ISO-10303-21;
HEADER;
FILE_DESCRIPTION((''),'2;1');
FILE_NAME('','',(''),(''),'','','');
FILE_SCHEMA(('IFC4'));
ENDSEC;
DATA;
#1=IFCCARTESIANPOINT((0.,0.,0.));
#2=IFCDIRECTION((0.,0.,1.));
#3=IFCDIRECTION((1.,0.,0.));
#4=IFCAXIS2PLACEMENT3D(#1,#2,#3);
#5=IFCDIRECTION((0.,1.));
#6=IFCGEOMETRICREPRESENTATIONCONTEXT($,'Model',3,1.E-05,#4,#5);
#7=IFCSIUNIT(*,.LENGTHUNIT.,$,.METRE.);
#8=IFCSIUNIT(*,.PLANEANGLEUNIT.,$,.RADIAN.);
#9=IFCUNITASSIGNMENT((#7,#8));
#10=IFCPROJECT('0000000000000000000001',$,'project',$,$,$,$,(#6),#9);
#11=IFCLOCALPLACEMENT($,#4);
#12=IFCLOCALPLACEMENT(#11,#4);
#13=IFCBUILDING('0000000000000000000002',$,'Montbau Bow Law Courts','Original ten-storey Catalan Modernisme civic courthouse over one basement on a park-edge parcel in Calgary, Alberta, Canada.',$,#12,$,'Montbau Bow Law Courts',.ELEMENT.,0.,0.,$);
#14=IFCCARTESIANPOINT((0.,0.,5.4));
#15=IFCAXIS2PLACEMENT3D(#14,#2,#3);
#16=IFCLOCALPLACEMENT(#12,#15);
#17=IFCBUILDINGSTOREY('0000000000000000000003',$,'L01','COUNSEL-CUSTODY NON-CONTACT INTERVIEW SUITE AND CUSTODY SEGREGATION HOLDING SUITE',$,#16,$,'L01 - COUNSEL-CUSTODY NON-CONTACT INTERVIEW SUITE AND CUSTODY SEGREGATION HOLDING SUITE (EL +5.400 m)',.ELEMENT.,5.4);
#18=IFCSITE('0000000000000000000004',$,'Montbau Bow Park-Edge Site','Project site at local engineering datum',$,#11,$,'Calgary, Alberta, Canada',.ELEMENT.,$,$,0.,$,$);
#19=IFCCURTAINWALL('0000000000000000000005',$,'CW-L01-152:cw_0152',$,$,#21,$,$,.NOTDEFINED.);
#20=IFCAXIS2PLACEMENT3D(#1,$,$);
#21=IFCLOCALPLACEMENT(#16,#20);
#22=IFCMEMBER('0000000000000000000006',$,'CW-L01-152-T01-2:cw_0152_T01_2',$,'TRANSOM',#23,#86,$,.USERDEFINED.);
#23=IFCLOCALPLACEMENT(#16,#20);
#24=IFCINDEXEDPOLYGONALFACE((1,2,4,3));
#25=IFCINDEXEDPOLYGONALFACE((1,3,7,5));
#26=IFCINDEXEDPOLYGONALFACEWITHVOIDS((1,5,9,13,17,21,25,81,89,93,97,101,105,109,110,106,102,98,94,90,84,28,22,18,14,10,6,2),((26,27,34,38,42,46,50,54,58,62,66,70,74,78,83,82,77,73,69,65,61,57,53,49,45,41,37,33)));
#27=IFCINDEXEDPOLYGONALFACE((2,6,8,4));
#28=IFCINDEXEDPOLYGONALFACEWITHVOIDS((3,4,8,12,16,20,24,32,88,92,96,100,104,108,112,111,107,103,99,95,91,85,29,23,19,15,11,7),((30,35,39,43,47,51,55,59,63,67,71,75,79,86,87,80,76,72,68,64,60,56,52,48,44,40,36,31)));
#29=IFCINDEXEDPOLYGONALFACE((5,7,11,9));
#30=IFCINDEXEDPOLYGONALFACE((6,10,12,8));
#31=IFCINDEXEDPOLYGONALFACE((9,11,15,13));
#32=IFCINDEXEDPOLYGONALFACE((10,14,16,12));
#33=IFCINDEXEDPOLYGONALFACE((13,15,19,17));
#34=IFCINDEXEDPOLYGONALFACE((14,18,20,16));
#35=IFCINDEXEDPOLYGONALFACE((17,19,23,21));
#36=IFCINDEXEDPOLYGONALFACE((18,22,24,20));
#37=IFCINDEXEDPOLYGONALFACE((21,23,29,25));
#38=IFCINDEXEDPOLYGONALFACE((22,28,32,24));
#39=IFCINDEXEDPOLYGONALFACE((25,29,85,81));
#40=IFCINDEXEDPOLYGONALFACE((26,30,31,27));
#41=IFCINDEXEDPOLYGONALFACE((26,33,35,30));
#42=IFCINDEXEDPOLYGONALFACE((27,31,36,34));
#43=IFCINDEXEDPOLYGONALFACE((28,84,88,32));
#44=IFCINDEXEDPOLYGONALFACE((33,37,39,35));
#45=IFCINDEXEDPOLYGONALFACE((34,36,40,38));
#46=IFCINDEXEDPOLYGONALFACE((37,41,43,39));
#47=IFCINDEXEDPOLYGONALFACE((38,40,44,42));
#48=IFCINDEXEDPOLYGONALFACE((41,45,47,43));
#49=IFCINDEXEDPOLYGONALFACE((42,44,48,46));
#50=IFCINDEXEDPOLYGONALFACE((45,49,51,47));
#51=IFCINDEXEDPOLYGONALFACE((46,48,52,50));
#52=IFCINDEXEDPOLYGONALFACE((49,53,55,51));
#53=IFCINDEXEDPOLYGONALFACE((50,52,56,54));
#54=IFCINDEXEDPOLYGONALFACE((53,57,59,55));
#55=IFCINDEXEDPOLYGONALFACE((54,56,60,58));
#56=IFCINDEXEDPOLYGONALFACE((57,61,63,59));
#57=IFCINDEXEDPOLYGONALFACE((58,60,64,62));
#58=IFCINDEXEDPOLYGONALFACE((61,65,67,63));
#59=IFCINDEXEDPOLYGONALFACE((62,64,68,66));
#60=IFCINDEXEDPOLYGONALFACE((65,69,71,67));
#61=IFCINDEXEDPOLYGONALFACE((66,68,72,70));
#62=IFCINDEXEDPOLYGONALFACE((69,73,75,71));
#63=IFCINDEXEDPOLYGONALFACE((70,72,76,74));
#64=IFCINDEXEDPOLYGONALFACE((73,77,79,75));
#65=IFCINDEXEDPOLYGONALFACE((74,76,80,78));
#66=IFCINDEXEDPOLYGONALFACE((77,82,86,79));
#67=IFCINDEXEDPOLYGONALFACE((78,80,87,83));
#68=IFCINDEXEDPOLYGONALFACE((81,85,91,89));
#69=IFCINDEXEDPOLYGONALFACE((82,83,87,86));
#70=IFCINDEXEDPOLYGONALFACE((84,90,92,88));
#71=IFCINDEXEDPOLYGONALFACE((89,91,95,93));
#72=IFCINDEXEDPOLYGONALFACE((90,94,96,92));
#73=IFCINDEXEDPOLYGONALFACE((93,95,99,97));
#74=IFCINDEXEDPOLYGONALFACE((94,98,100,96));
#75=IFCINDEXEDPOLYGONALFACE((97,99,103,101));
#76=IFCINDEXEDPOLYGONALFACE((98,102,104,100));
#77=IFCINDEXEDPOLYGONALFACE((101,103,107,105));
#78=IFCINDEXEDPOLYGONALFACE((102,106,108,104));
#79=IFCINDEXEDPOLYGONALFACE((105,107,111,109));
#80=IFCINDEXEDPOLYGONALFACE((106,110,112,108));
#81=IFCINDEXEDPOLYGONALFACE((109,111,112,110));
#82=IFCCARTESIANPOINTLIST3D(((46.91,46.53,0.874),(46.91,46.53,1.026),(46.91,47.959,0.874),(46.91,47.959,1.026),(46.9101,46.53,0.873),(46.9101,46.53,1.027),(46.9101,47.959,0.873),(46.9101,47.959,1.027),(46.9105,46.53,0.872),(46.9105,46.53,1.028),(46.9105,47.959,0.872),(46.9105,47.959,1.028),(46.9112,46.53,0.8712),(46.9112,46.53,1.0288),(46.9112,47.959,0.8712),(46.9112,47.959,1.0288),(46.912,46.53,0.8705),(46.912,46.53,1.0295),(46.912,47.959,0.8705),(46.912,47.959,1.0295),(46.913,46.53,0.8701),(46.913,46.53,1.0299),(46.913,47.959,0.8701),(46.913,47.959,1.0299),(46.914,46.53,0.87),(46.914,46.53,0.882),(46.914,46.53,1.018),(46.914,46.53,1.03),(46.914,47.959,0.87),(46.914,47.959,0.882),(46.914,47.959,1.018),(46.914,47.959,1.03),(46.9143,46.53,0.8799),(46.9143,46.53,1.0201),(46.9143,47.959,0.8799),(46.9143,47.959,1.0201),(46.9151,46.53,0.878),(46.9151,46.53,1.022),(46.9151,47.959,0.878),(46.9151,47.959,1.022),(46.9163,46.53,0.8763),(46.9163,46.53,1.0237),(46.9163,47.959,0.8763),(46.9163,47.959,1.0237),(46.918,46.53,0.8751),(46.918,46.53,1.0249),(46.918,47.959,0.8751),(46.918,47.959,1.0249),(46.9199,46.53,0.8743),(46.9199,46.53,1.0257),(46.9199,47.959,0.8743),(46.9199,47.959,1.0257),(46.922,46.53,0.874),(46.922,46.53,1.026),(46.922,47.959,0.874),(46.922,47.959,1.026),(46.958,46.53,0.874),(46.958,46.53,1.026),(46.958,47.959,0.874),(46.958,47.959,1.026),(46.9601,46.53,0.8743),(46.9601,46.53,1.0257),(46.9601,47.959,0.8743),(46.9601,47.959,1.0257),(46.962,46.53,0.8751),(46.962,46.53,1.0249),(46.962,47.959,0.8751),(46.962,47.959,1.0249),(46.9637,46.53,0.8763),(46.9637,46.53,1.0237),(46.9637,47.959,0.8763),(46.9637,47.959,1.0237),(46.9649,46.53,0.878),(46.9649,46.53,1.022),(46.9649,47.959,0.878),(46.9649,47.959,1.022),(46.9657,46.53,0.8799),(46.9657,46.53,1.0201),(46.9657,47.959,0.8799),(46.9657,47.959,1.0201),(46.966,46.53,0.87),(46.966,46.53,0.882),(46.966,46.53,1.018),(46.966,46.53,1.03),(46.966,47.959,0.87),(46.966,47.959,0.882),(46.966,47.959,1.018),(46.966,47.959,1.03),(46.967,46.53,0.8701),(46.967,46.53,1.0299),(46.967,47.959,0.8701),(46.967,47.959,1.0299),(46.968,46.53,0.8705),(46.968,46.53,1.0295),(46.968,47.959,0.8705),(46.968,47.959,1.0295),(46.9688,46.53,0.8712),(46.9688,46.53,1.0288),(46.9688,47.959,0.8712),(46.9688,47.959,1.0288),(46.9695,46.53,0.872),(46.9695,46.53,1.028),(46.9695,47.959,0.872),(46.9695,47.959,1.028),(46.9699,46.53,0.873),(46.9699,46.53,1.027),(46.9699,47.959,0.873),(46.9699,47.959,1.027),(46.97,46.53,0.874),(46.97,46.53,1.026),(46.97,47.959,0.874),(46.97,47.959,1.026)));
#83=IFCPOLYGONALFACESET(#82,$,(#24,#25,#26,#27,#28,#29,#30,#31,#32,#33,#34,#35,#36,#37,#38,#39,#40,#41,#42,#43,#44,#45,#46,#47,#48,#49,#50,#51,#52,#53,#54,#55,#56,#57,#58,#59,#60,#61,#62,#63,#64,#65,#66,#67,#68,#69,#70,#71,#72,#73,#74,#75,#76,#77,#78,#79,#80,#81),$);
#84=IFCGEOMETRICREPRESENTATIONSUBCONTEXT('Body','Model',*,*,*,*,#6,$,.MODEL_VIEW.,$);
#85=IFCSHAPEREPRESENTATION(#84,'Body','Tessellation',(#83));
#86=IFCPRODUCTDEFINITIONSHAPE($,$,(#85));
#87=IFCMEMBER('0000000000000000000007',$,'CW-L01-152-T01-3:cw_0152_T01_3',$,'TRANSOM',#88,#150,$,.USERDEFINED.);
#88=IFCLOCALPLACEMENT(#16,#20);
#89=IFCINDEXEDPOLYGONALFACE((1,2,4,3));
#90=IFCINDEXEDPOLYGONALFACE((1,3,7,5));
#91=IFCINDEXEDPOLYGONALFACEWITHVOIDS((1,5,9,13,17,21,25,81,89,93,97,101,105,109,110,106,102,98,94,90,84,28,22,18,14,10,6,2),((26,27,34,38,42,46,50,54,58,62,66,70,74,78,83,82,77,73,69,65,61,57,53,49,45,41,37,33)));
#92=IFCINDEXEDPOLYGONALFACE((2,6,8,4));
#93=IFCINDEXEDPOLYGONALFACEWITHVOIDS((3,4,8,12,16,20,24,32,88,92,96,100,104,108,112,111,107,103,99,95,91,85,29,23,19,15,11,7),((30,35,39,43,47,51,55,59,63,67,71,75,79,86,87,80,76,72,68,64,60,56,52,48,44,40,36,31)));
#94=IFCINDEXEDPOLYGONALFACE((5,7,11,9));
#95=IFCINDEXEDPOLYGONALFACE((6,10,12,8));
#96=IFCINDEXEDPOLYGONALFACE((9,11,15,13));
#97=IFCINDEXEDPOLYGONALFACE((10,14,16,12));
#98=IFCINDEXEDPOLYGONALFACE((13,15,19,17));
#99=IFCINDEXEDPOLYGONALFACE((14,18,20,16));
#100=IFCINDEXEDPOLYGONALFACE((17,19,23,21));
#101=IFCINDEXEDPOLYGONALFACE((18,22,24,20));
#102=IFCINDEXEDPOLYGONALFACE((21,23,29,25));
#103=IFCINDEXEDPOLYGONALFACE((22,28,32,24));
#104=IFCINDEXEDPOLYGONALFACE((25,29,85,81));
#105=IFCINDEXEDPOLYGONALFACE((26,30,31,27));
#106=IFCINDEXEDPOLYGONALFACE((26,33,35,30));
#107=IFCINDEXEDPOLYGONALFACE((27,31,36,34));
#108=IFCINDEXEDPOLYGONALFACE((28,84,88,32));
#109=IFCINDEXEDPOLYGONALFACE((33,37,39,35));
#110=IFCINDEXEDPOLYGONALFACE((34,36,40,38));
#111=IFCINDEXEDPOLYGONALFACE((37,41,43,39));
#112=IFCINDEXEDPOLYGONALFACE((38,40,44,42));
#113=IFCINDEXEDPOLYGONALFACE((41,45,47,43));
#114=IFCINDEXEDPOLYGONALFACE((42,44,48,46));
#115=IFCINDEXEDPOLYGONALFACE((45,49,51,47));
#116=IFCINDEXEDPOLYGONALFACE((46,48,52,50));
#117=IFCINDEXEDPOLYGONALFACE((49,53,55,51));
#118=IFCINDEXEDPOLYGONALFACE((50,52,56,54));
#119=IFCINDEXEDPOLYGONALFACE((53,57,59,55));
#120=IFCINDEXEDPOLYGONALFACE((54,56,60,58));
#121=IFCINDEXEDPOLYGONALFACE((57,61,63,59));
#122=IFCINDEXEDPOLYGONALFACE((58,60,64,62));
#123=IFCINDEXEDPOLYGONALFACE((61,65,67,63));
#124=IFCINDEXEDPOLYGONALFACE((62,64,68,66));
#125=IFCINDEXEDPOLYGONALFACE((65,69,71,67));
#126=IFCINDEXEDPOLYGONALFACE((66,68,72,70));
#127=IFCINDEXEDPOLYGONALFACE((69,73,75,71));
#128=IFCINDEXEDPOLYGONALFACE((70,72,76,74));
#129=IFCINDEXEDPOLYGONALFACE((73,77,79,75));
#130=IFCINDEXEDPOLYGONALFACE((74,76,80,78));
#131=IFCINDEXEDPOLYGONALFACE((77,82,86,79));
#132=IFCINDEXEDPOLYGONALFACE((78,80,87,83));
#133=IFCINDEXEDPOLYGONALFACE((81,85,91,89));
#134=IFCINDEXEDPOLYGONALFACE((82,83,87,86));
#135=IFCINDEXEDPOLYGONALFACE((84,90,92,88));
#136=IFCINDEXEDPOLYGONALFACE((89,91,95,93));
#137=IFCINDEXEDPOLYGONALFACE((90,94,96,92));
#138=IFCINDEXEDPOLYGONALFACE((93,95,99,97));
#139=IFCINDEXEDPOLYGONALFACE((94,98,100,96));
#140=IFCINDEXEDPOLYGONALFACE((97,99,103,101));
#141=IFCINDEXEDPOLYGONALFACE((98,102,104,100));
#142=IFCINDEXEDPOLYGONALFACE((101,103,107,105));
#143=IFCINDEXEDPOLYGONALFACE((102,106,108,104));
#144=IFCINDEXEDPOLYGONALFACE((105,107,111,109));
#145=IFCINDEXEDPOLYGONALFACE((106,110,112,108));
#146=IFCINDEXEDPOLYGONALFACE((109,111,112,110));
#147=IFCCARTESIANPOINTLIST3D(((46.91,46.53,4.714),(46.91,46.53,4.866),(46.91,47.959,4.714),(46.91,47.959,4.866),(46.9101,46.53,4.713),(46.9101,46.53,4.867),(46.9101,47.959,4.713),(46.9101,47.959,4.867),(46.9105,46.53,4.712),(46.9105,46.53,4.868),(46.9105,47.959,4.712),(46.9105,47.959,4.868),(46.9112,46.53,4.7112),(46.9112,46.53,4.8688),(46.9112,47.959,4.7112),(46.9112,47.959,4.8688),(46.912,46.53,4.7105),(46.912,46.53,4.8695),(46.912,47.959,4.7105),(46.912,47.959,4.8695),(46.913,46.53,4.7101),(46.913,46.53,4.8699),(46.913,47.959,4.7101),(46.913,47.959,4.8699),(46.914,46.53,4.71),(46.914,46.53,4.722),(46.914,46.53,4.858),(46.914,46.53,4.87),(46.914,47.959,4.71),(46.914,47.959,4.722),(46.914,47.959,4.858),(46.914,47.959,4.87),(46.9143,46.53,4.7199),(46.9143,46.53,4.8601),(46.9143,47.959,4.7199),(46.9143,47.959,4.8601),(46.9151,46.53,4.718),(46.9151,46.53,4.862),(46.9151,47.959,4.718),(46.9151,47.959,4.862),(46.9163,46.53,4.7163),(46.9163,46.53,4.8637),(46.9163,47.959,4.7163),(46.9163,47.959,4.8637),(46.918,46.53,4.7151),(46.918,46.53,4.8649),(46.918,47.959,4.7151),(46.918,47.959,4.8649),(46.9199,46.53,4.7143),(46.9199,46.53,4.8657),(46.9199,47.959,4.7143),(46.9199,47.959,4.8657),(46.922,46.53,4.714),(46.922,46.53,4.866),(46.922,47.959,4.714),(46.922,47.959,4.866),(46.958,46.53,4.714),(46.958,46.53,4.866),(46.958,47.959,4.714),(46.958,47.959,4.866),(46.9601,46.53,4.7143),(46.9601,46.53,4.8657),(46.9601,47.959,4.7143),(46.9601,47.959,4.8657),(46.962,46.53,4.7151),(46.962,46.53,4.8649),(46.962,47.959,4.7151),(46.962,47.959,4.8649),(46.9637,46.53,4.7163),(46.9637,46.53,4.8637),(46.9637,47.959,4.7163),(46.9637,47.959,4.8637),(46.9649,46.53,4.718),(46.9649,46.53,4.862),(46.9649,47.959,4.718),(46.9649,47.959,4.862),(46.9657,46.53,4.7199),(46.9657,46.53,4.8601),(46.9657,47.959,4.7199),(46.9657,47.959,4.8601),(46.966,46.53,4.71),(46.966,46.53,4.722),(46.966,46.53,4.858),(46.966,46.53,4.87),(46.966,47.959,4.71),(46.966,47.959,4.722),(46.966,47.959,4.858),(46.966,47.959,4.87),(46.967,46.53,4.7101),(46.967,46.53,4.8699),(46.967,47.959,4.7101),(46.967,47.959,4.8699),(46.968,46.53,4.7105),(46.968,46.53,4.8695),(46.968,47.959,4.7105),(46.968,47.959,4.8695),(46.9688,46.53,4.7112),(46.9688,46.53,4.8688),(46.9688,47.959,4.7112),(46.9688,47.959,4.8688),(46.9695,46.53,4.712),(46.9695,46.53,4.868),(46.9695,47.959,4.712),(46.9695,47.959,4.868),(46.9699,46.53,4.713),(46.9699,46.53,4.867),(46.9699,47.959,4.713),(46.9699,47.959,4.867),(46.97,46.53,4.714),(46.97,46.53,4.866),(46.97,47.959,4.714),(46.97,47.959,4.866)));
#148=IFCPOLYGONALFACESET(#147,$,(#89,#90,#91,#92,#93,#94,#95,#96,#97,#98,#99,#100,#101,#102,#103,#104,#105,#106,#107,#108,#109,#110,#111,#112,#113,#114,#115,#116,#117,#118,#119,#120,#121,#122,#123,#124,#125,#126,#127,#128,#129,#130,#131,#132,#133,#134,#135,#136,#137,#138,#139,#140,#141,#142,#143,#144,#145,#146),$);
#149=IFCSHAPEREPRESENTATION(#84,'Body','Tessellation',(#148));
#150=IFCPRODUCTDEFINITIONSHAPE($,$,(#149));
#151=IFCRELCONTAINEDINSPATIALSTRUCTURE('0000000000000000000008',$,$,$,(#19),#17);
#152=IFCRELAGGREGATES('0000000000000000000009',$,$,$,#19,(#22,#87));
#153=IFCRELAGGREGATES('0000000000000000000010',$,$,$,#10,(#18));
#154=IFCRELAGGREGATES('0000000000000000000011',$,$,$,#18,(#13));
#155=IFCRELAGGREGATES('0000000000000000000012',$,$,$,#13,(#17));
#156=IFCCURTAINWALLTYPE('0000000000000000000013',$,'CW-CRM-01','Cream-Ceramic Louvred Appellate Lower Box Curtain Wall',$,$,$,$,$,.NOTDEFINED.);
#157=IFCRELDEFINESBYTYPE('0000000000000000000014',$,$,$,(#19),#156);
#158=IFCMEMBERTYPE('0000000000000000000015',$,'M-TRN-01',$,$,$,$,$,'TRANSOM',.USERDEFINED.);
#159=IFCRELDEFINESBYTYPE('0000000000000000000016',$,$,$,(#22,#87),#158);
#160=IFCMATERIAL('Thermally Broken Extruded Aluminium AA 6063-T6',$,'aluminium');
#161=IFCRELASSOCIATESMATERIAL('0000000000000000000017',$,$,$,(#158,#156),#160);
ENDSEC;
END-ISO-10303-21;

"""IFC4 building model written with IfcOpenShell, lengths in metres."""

from ifc_helpers import new_model, si_unit, direction, frame, origin_with_axes, origin_2d_with_axis, place, context, subcontext, project, spatial, hollow_rectangle, extrude, material, material_profile, profile_set, type_object, element, aggregate, save


model = new_model("IFC4")

# Units and contexts
model_context = context("Model", 3, precision=1e-05, world=origin_with_axes(), true_north=direction((0.0, 1.0)))
body_context = subcontext(model_context, "Body", "Model", "MODEL_VIEW")
ifc_project = project(units=[si_unit("LENGTHUNIT", "METRE"), si_unit("PLANEANGLEUNIT", "RADIAN")], contexts=[model_context])

# Site, building, storey
site_placement = place(None, origin_with_axes())
site = spatial("IfcSite", under=ifc_project, at=site_placement, Name="Montbau Bow Park-Edge Site", Description="Project site at local engineering datum", LongName="Calgary, Alberta, Canada", CompositionType="ELEMENT", RefElevation=0.0)
building_placement = place(site_placement, origin_with_axes())
building = spatial("IfcBuilding", under=site, at=building_placement, Name="Montbau Bow Law Courts", Description="Original ten-storey Catalan Modernisme civic courthouse over one basement on a park-edge parcel in Calgary, Alberta, Canada.", LongName="Montbau Bow Law Courts", CompositionType="ELEMENT", ElevationOfRefHeight=0.0, ElevationOfTerrain=0.0)
storey_placement = place(building_placement, frame((0.0, 0.0, 5.4), z_axis=(0.0, 0.0, 1.0), x_axis=(1.0, 0.0, 0.0)))
storey = spatial("IfcBuildingStorey", under=building, at=storey_placement, Name="L01", Description="COUNSEL-CUSTODY NON-CONTACT INTERVIEW SUITE AND CUSTODY SEGREGATION HOLDING SUITE", LongName="L01 - COUNSEL-CUSTODY NON-CONTACT INTERVIEW SUITE AND CUSTODY SEGREGATION HOLDING SUITE (EL +5.400 m)", CompositionType="ELEMENT", Elevation=5.4)

# Curtain wall, members
ifc_material_1 = material(Name="Thermally Broken Extruded Aluminium AA 6063-T6", Category="aluminium")
ifc_material_profile_1 = material_profile(ifc_material_1, hollow_rectangle(XDim=0.06, YDim=0.16, WallThickness=0.004, InnerFilletRadius=0.008, OuterFilletRadius=0.004, at=origin_2d_with_axis()), Name="CWT-160X60", Category="Main", Priority=0)
ifc_profile_set_1 = profile_set([ifc_material_profile_1], Name="Thermally Broken Extruded Aluminium AA 6063-T6")
member_type_1 = type_object("IfcMemberType", Name="M-TRN-01", ElementType="TRANSOM", PredefinedType="USERDEFINED", material=ifc_profile_set_1)
curtain_wall_type_1 = type_object("IfcCurtainWallType", Name="CW-CRM-01", Description="Cream-Ceramic Louvred Appellate Lower Box Curtain Wall", PredefinedType="NOTDEFINED", material=ifc_material_1)
curtain_wall_1_placement = place(None, frame((46.94, 46.468, 5.4), z_axis=(0.0, 0.0, 1.0), x_axis=(1.0, 0.0, 0.0)))
curtain_wall_1 = element("IfcCurtainWall", 1, at=curtain_wall_1_placement, inside=storey, type_object=curtain_wall_type_1, Name="CW-L01-152:cw_0152", PredefinedType="NOTDEFINED")
member_1_placement = place(None, frame((46.94, 46.53, 6.35), z_axis=(0.0, 1.0, 0.0), x_axis=(-1.0, 0.0, 0.0)))
member_1 = element("IfcMember", 2, at=member_1_placement, type_object=member_type_1, Name="CW-L01-152-T01-2:cw_0152_T01_2", ObjectType="TRANSOM", PredefinedType="USERDEFINED", context=body_context, shape_type="SweptSolid", body=[
    extrude(hollow_rectangle(XDim=0.06, YDim=0.16, WallThickness=0.004, InnerFilletRadius=0.008, OuterFilletRadius=0.004, at=origin_2d_with_axis()), origin_with_axes(), (0.0, 0.0, 1.0), 1.429),
])
member_2_placement = place(None, frame((46.94, 46.53, 10.19), z_axis=(0.0, 1.0, 0.0), x_axis=(-1.0, 0.0, 0.0)))
member_2 = element("IfcMember", 3, at=member_2_placement, type_object=member_type_1, Name="CW-L01-152-T01-3:cw_0152_T01_3", ObjectType="TRANSOM", PredefinedType="USERDEFINED", context=body_context, shape_type="SweptSolid", body=[
    extrude(hollow_rectangle(XDim=0.06, YDim=0.16, WallThickness=0.004, InnerFilletRadius=0.008, OuterFilletRadius=0.004, at=origin_2d_with_axis()), origin_with_axes(), (0.0, 0.0, 1.0), 1.429),
])

aggregate(curtain_wall_1, [member_1, member_2])

save(model, "model.ifc")
